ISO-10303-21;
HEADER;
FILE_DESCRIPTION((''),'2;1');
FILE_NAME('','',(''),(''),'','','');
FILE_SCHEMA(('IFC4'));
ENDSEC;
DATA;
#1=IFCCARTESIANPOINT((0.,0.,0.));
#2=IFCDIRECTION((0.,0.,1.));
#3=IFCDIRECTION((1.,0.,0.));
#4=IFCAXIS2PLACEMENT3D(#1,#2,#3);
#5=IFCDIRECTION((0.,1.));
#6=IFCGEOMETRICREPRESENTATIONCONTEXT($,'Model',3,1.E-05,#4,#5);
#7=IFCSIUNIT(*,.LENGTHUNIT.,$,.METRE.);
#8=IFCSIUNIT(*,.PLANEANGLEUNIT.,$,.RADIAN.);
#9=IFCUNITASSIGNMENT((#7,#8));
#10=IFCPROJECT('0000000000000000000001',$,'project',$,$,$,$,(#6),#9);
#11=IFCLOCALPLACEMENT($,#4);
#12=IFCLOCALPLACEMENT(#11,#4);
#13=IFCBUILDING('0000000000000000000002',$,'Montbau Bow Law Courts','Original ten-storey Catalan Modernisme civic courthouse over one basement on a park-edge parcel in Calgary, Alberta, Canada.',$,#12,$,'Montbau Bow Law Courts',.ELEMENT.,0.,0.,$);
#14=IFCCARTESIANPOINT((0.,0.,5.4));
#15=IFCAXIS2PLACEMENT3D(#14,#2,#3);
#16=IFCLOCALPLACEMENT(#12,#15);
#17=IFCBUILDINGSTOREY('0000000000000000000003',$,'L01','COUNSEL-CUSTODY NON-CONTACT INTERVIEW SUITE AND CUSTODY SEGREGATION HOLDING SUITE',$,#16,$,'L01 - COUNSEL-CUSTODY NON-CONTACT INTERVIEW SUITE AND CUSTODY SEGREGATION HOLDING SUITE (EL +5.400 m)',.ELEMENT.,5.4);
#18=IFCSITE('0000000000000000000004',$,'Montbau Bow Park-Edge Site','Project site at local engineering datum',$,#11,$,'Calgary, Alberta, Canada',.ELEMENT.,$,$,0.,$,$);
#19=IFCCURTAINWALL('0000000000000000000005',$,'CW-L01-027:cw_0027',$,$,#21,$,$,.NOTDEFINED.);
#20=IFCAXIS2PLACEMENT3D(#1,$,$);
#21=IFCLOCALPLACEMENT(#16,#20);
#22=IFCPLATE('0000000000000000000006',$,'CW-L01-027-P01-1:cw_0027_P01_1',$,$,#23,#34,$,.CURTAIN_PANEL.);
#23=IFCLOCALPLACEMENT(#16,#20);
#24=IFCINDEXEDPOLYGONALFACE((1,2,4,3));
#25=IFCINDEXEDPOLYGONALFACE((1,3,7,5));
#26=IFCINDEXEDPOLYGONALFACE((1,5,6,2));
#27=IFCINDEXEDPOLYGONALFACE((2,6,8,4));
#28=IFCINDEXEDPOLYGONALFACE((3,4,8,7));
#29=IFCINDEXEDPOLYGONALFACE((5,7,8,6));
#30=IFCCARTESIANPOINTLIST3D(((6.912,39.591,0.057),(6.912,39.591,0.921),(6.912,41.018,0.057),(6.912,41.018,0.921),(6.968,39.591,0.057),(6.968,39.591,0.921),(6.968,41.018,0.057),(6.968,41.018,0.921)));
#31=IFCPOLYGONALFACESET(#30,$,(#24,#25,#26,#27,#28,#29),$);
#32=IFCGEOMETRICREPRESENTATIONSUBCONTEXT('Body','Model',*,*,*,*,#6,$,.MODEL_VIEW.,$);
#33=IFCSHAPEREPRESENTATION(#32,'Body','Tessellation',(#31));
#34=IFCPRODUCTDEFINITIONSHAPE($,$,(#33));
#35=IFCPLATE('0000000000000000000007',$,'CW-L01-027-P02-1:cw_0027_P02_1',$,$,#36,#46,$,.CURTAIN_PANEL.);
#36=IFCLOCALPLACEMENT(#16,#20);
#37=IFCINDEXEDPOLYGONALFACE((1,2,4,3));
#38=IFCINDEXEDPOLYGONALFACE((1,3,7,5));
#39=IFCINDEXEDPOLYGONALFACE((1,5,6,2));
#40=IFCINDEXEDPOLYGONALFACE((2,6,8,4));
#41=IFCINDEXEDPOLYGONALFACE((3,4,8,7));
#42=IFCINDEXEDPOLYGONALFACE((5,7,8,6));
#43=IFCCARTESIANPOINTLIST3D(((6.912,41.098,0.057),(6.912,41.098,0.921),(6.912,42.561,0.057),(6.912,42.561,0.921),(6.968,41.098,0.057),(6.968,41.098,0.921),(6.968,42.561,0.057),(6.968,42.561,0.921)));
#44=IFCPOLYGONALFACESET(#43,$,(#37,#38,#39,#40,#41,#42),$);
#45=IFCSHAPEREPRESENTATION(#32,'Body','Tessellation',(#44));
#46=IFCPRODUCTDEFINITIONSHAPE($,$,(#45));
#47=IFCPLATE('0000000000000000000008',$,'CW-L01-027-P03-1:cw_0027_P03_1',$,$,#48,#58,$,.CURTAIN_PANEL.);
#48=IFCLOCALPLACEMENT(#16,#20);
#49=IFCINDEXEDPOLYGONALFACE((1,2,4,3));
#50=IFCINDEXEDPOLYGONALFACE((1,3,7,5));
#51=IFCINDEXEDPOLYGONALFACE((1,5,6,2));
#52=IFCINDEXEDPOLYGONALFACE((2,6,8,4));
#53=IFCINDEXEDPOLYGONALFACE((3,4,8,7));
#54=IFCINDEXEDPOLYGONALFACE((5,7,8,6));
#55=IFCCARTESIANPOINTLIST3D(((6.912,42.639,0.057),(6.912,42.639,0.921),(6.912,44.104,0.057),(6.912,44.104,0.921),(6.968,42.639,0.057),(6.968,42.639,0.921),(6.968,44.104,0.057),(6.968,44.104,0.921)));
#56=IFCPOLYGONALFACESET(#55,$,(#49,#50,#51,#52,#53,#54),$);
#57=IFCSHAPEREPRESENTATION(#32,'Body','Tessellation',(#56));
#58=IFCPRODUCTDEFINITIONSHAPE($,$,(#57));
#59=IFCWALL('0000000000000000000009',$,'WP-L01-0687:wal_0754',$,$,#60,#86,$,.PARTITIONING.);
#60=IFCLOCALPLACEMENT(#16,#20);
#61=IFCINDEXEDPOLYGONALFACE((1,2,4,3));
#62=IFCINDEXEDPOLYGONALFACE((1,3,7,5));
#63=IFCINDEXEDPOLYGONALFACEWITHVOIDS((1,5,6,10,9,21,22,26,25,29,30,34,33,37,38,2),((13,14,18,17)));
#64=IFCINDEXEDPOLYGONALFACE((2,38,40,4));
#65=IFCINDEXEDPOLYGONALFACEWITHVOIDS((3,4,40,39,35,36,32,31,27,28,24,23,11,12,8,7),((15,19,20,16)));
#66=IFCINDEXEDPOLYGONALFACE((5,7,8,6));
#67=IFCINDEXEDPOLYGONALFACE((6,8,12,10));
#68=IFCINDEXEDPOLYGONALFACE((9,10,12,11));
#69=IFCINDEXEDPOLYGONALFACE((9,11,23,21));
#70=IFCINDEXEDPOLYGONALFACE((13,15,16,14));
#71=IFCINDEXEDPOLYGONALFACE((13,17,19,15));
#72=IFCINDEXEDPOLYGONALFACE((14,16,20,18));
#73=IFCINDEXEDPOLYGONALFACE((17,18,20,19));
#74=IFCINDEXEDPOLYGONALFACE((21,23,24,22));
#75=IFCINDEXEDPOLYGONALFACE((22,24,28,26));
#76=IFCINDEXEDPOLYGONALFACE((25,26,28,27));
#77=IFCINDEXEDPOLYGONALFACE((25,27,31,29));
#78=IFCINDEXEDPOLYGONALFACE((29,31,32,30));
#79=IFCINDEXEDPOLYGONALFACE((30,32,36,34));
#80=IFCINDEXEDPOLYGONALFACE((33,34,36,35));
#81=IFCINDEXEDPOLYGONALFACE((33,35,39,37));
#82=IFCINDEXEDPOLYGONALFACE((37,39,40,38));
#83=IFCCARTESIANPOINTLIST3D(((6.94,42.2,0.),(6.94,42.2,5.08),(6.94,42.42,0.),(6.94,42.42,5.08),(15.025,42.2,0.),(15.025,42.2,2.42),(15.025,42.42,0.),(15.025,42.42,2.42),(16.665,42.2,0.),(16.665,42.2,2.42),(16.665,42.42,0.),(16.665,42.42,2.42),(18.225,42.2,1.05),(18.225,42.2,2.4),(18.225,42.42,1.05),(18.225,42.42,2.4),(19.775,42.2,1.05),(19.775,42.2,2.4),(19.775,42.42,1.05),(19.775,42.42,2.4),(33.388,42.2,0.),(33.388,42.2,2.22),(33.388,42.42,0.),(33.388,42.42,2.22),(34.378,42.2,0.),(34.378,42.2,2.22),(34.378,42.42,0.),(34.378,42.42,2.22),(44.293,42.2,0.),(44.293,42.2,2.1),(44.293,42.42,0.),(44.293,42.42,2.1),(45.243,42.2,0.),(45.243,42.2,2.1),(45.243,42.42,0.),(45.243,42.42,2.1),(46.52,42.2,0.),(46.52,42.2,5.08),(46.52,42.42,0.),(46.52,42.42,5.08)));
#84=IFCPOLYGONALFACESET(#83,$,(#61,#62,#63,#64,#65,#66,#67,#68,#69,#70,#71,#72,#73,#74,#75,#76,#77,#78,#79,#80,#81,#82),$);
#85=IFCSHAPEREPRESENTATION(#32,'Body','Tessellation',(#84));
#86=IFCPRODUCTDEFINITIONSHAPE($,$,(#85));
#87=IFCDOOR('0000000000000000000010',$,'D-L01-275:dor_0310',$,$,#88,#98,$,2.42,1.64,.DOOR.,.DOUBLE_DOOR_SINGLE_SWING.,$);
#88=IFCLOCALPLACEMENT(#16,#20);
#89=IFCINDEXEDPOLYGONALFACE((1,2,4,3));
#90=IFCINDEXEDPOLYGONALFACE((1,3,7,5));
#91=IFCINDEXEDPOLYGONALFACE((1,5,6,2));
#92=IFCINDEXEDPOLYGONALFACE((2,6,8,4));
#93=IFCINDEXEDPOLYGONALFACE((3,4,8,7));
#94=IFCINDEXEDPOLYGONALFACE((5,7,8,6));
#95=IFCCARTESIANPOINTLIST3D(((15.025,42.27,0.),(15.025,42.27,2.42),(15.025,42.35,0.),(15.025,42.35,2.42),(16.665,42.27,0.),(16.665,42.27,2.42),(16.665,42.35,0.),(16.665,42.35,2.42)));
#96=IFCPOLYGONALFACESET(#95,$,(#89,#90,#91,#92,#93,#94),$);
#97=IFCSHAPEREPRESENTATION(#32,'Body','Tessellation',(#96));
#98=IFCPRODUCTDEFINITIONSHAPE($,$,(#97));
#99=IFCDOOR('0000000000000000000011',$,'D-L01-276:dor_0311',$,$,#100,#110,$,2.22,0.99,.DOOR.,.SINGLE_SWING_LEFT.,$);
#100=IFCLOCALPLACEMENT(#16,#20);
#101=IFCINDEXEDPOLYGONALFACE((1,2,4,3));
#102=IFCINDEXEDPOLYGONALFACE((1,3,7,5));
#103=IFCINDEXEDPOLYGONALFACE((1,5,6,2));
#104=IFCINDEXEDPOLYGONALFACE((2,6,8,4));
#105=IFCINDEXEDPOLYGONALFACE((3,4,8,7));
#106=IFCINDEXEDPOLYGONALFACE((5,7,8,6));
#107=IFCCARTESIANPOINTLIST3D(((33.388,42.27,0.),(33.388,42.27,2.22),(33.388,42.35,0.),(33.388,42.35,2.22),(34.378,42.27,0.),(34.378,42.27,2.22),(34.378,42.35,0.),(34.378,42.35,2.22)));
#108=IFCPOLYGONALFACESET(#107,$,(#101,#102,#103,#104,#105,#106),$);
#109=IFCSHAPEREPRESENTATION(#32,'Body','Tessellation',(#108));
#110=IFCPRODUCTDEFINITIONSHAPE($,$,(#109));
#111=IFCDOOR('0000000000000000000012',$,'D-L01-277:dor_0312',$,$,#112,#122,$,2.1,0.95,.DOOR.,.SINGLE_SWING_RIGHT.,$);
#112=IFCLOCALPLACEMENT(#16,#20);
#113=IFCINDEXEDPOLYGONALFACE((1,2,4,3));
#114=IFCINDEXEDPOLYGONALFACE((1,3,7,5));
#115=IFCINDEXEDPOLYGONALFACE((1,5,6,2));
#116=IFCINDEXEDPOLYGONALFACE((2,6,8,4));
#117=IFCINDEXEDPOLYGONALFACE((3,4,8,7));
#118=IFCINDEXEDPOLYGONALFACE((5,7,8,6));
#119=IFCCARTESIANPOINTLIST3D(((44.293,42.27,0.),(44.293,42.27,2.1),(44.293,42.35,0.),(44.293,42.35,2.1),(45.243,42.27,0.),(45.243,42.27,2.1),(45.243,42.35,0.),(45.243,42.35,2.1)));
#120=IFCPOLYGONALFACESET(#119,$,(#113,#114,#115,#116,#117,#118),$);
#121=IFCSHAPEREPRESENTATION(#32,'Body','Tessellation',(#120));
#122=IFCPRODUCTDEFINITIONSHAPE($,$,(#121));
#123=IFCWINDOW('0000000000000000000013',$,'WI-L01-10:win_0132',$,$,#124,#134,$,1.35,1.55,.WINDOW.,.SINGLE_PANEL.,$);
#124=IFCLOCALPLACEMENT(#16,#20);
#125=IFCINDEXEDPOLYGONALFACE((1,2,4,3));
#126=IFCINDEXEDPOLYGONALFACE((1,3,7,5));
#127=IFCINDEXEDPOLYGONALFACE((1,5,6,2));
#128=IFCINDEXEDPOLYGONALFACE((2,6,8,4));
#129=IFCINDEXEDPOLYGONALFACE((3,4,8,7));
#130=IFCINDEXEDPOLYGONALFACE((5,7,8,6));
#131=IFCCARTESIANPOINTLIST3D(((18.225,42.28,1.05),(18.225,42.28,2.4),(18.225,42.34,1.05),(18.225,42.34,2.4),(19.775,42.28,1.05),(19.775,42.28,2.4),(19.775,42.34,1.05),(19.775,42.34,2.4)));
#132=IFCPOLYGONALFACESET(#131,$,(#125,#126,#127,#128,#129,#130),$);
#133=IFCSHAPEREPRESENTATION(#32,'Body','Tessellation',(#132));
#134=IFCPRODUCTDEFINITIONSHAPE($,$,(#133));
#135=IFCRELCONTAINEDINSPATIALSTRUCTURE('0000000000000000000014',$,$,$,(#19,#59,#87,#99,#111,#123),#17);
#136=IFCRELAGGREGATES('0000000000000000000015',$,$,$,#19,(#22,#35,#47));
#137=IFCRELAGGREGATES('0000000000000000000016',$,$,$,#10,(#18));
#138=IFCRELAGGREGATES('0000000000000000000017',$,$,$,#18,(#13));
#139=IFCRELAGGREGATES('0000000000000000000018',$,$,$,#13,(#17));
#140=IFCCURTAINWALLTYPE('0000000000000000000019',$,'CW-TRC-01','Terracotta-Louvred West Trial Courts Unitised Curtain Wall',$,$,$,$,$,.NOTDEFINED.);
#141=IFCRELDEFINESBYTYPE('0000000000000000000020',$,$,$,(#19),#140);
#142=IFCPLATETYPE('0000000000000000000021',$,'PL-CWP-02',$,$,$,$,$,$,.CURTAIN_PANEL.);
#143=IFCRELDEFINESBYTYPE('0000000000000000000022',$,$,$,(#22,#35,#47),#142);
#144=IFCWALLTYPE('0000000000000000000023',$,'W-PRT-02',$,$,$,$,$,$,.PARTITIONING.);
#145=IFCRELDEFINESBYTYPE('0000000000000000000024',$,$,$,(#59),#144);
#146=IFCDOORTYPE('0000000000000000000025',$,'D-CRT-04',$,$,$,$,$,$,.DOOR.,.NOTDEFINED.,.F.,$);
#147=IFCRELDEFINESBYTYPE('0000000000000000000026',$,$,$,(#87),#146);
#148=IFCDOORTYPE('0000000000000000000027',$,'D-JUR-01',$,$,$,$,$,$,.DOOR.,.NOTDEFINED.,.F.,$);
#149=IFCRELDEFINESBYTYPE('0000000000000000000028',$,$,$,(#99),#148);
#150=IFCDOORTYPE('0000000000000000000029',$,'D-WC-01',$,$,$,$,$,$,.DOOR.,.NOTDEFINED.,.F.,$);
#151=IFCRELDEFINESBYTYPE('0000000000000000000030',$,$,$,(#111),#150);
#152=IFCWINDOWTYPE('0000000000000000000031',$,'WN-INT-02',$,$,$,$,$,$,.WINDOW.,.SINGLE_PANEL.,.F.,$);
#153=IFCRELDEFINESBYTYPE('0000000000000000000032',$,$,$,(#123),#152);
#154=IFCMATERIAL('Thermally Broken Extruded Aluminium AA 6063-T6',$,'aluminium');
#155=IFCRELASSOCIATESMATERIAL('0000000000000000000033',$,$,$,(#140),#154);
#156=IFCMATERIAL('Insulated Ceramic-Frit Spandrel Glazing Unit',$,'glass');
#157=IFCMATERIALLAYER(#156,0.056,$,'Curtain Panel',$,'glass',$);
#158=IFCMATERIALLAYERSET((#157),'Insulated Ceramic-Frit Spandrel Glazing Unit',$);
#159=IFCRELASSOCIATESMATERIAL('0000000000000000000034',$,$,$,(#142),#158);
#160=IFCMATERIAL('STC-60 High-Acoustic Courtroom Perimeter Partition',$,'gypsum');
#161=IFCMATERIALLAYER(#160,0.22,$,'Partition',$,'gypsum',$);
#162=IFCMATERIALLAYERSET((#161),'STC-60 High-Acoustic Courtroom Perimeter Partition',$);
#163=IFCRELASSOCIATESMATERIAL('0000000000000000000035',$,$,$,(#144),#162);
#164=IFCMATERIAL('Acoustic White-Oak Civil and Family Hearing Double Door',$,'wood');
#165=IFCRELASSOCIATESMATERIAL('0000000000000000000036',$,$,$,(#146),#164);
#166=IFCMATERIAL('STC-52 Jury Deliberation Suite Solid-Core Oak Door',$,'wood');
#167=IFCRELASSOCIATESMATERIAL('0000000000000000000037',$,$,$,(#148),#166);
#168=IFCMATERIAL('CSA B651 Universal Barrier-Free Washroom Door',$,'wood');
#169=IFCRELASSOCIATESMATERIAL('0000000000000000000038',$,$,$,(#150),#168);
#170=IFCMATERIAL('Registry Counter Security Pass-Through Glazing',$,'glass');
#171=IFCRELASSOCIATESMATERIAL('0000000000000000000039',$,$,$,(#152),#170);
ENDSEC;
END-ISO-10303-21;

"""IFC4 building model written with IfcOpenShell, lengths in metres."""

from ifc_helpers import new_model, si_unit, direction, frame, frame_2d, origin_with_axes, place, context, subcontext, project, spatial, rectangle, extrude, material, layer, layer_set, type_object, element, fill, aggregate, save


model = new_model("IFC4")

# Units and contexts
model_context = context("Model", 3, precision=1e-05, world=origin_with_axes(), true_north=direction((0.0, 1.0)))
body_context = subcontext(model_context, "Body", "Model", "MODEL_VIEW")
ifc_project = project(units=[si_unit("LENGTHUNIT", "METRE"), si_unit("PLANEANGLEUNIT", "RADIAN")], contexts=[model_context])

# Site, building, storey
site_placement = place(None, origin_with_axes())
site = spatial("IfcSite", under=ifc_project, at=site_placement, Name="Montbau Bow Park-Edge Site", Description="Project site at local engineering datum", LongName="Calgary, Alberta, Canada", CompositionType="ELEMENT", RefElevation=0.0)
building_placement = place(site_placement, origin_with_axes())
building = spatial("IfcBuilding", under=site, at=building_placement, Name="Montbau Bow Law Courts", Description="Original ten-storey Catalan Modernisme civic courthouse over one basement on a park-edge parcel in Calgary, Alberta, Canada.", LongName="Montbau Bow Law Courts", CompositionType="ELEMENT", ElevationOfRefHeight=0.0, ElevationOfTerrain=0.0)
storey_placement = place(building_placement, frame((0.0, 0.0, 5.4), z_axis=(0.0, 0.0, 1.0), x_axis=(1.0, 0.0, 0.0)))
storey = spatial("IfcBuildingStorey", under=building, at=storey_placement, Name="L01", Description="COUNSEL-CUSTODY NON-CONTACT INTERVIEW SUITE AND CUSTODY SEGREGATION HOLDING SUITE", LongName="L01 - COUNSEL-CUSTODY NON-CONTACT INTERVIEW SUITE AND CUSTODY SEGREGATION HOLDING SUITE (EL +5.400 m)", CompositionType="ELEMENT", Elevation=5.4)

# Curtain wall
ifc_material_1 = material(Name="Thermally Broken Extruded Aluminium AA 6063-T6", Category="aluminium")
curtain_wall_type = type_object("IfcCurtainWallType", Name="CW-TRC-01", Description="Terracotta-Louvred West Trial Courts Unitised Curtain Wall", PredefinedType="NOTDEFINED", material=ifc_material_1)
curtain_wall_1_placement = place(None, frame((6.94, 39.515, 5.4), z_axis=(0.0, 0.0, 1.0), x_axis=(1.0, 0.0, 0.0)))
curtain_wall_1 = element("IfcCurtainWall", 1, at=curtain_wall_1_placement, inside=storey, type_object=curtain_wall_type, Name="CW-L01-027:cw_0027", PredefinedType="NOTDEFINED")

# Plates
ifc_material_2 = material(Name="Insulated Ceramic-Frit Spandrel Glazing Unit", Category="glass")
ifc_layer_1 = layer(ifc_material_2, 0.056, Name="Curtain Panel", Category="glass")
ifc_layer_set_1 = layer_set([ifc_layer_1], Name="Insulated Ceramic-Frit Spandrel Glazing Unit")
plate_type_1 = type_object("IfcPlateType", Name="PL-CWP-02", PredefinedType="CURTAIN_PANEL", material=ifc_layer_set_1)
plate_1_placement = place(None, frame((6.94, 39.591, 5.457), z_axis=(1.0, 0.0, 0.0), x_axis=(0.0, 1.0, 0.0)))
plate_1 = element("IfcPlate", 2, at=plate_1_placement, type_object=plate_type_1, Name="CW-L01-027-P01-1:cw_0027_P01_1", PredefinedType="CURTAIN_PANEL", context=body_context, shape_type="SweptSolid", body=[
    extrude(rectangle(XDim=1.427, YDim=0.864, at=frame_2d((0.7135, 0.432), x_axis=(1.0, 0.0))), frame((0.0, 0.0, -0.028), z_axis=(0.0, 0.0, 1.0), x_axis=(1.0, 0.0, 0.0)), (0.0, 0.0, 1.0), 0.056),
])
plate_2_placement = place(None, frame((6.94, 41.098, 5.457), z_axis=(1.0, 0.0, 0.0), x_axis=(0.0, 1.0, 0.0)))
plate_2 = element("IfcPlate", 3, at=plate_2_placement, type_object=plate_type_1, Name="CW-L01-027-P02-1:cw_0027_P02_1", PredefinedType="CURTAIN_PANEL", context=body_context, shape_type="SweptSolid", body=[
    extrude(rectangle(XDim=1.463, YDim=0.864, at=frame_2d((0.7315, 0.432), x_axis=(1.0, 0.0))), frame((0.0, 0.0, -0.028), z_axis=(0.0, 0.0, 1.0), x_axis=(1.0, 0.0, 0.0)), (0.0, 0.0, 1.0), 0.056),
])
plate_3_placement = place(None, frame((6.94, 42.639, 5.457), z_axis=(1.0, 0.0, 0.0), x_axis=(0.0, 1.0, 0.0)))
plate_3 = element("IfcPlate", 4, at=plate_3_placement, type_object=plate_type_1, Name="CW-L01-027-P03-1:cw_0027_P03_1", PredefinedType="CURTAIN_PANEL", context=body_context, shape_type="SweptSolid", body=[
    extrude(rectangle(XDim=1.465, YDim=0.864, at=frame_2d((0.7325, 0.432), x_axis=(1.0, 0.0))), frame((0.0, 0.0, -0.028), z_axis=(0.0, 0.0, 1.0), x_axis=(1.0, 0.0, 0.0)), (0.0, 0.0, 1.0), 0.056),
])
aggregate(curtain_wall_1, [plate_1, plate_2, plate_3])

# Wall, openings, doors, window
ifc_material_3 = material(Name="STC-60 High-Acoustic Courtroom Perimeter Partition", Category="gypsum")
ifc_layer_2 = layer(ifc_material_3, 0.22, Name="Partition", Category="gypsum")
ifc_layer_set_2 = layer_set([ifc_layer_2], Name="STC-60 High-Acoustic Courtroom Perimeter Partition")
wall_type = type_object("IfcWallType", Name="W-PRT-02", PredefinedType="PARTITIONING", material=ifc_layer_set_2)
wall_placement = place(None, frame((6.94, 42.31, 5.4), z_axis=(0.0, 0.0, 1.0), x_axis=(1.0, 0.0, 0.0)))
wall = element("IfcWall", 5, at=wall_placement, inside=storey, type_object=wall_type, Name="WP-L01-0687:wal_0754", PredefinedType="PARTITIONING", context=body_context, shape_type="SweptSolid", body=[
    extrude(rectangle(XDim=39.58, YDim=0.22, at=frame_2d((19.79, 0.0), x_axis=(1.0, 0.0))), origin_with_axes(), (0.0, 0.0, 1.0), 5.08),
])
opening_1_placement = place(None, frame((15.845, 42.31, 5.4), z_axis=(0.0, 0.0, 1.0), x_axis=(1.0, 0.0, 0.0)))
opening_1 = element("IfcOpeningElement", 6, at=opening_1_placement, cuts=wall, PredefinedType="OPENING", context=body_context, shape_type="SweptSolid", body=[
    extrude(rectangle(XDim=1.64, YDim=2.42, at=frame_2d((0.0, 1.21), x_axis=(1.0, 0.0))), frame((0.0, 0.12, 0.0), z_axis=(0.0, -1.0, 0.0), x_axis=(1.0, 0.0, 0.0)), (0.0, 0.0, 1.0), 0.24),
])
opening_2_placement = place(None, frame((33.883, 42.31, 5.4), z_axis=(0.0, 0.0, 1.0), x_axis=(1.0, 0.0, 0.0)))
opening_2 = element("IfcOpeningElement", 7, at=opening_2_placement, cuts=wall, PredefinedType="OPENING", context=body_context, shape_type="SweptSolid", body=[
    extrude(rectangle(XDim=0.99, YDim=2.22, at=frame_2d((0.0, 1.11), x_axis=(1.0, 0.0))), frame((0.0, 0.12, 0.0), z_axis=(0.0, -1.0, 0.0), x_axis=(1.0, 0.0, 0.0)), (0.0, 0.0, 1.0), 0.24),
])
opening_3_placement = place(None, frame((44.768, 42.31, 5.4), z_axis=(0.0, 0.0, 1.0), x_axis=(1.0, 0.0, 0.0)))
opening_3 = element("IfcOpeningElement", 8, at=opening_3_placement, cuts=wall, PredefinedType="OPENING", context=body_context, shape_type="SweptSolid", body=[
    extrude(rectangle(XDim=0.95, YDim=2.1, at=frame_2d((0.0, 1.05), x_axis=(1.0, 0.0))), frame((0.0, 0.12, 0.0), z_axis=(0.0, -1.0, 0.0), x_axis=(1.0, 0.0, 0.0)), (0.0, 0.0, 1.0), 0.24),
])
opening_4_placement = place(None, frame((19.0, 42.31, 6.45), z_axis=(0.0, 0.0, 1.0), x_axis=(1.0, 0.0, 0.0)))
opening_4 = element("IfcOpeningElement", 9, at=opening_4_placement, cuts=wall, PredefinedType="OPENING", context=body_context, shape_type="SweptSolid", body=[
    extrude(rectangle(XDim=1.55, YDim=1.35, at=frame_2d((0.0, 0.675), x_axis=(1.0, 0.0))), frame((0.0, 0.12, 0.0), z_axis=(0.0, -1.0, 0.0), x_axis=(1.0, 0.0, 0.0)), (0.0, 0.0, 1.0), 0.24),
])
ifc_material_4 = material(Name="Acoustic White-Oak Civil and Family Hearing Double Door", Category="wood")
door_type_1 = type_object("IfcDoorType", Name="D-CRT-04", OperationType="NOTDEFINED", ParameterTakesPrecedence=False, PredefinedType="DOOR", material=ifc_material_4)
door_1_placement = place(None, frame((15.845, 42.31, 5.4), z_axis=(0.0, 0.0, 1.0), x_axis=(1.0, 0.0, 0.0)))
door_1 = element("IfcDoor", 10, at=door_1_placement, inside=storey, type_object=door_type_1, Name="D-L01-275:dor_0310", OperationType="DOUBLE_DOOR_SINGLE_SWING", OverallHeight=2.42, OverallWidth=1.64, PredefinedType="DOOR", context=body_context, shape_type="SweptSolid", body=[
    extrude(rectangle(XDim=1.64, YDim=2.42, at=frame_2d((0.0, 1.21), x_axis=(1.0, 0.0))), frame((0.0, 0.04, 0.0), z_axis=(0.0, -1.0, 0.0), x_axis=(1.0, 0.0, 0.0)), (0.0, 0.0, 1.0), 0.08),
])
fill(opening_1, door_1)
ifc_material_5 = material(Name="STC-52 Jury Deliberation Suite Solid-Core Oak Door", Category="wood")
door_type_2 = type_object("IfcDoorType", Name="D-JUR-01", OperationType="NOTDEFINED", ParameterTakesPrecedence=False, PredefinedType="DOOR", material=ifc_material_5)
door_2_placement = place(None, frame((33.883, 42.31, 5.4), z_axis=(0.0, 0.0, 1.0), x_axis=(1.0, 0.0, 0.0)))
door_2 = element("IfcDoor", 11, at=door_2_placement, inside=storey, type_object=door_type_2, Name="D-L01-276:dor_0311", OperationType="SINGLE_SWING_LEFT", OverallHeight=2.22, OverallWidth=0.99, PredefinedType="DOOR", context=body_context, shape_type="SweptSolid", body=[
    extrude(rectangle(XDim=0.99, YDim=2.22, at=frame_2d((0.0, 1.11), x_axis=(1.0, 0.0))), frame((0.0, 0.04, 0.0), z_axis=(0.0, -1.0, 0.0), x_axis=(1.0, 0.0, 0.0)), (0.0, 0.0, 1.0), 0.08),
])
fill(opening_2, door_2)
ifc_material_6 = material(Name="CSA B651 Universal Barrier-Free Washroom Door", Category="wood")
door_type_3 = type_object("IfcDoorType", Name="D-WC-01", OperationType="NOTDEFINED", ParameterTakesPrecedence=False, PredefinedType="DOOR", material=ifc_material_6)
door_3_placement = place(None, frame((44.768, 42.31, 5.4), z_axis=(0.0, 0.0, 1.0), x_axis=(1.0, 0.0, 0.0)))
door_3 = element("IfcDoor", 12, at=door_3_placement, inside=storey, type_object=door_type_3, Name="D-L01-277:dor_0312", OperationType="SINGLE_SWING_RIGHT", OverallHeight=2.1, OverallWidth=0.95, PredefinedType="DOOR", context=body_context, shape_type="SweptSolid", body=[
    extrude(rectangle(XDim=0.95, YDim=2.1, at=frame_2d((0.0, 1.05), x_axis=(1.0, 0.0))), frame((0.0, 0.04, 0.0), z_axis=(0.0, -1.0, 0.0), x_axis=(1.0, 0.0, 0.0)), (0.0, 0.0, 1.0), 0.08),
])
fill(opening_3, door_3)
ifc_material_7 = material(Name="Registry Counter Security Pass-Through Glazing", Category="glass")
window_type = type_object("IfcWindowType", Name="WN-INT-02", ParameterTakesPrecedence=False, PartitioningType="SINGLE_PANEL", PredefinedType="WINDOW", material=ifc_material_7)
window_placement = place(None, frame((19.0, 42.31, 6.45), z_axis=(0.0, 0.0, 1.0), x_axis=(1.0, 0.0, 0.0)))
window = element("IfcWindow", 13, at=window_placement, inside=storey, type_object=window_type, Name="WI-L01-10:win_0132", OverallHeight=1.35, OverallWidth=1.55, PartitioningType="SINGLE_PANEL", PredefinedType="WINDOW", context=body_context, shape_type="SweptSolid", body=[
    extrude(rectangle(XDim=1.55, YDim=1.35, at=frame_2d((0.0, 0.675), x_axis=(1.0, 0.0))), frame((0.0, 0.03, 0.0), z_axis=(0.0, -1.0, 0.0), x_axis=(1.0, 0.0, 0.0)), (0.0, 0.0, 1.0), 0.06),
])
fill(opening_4, window)

save(model, "model.ifc")
